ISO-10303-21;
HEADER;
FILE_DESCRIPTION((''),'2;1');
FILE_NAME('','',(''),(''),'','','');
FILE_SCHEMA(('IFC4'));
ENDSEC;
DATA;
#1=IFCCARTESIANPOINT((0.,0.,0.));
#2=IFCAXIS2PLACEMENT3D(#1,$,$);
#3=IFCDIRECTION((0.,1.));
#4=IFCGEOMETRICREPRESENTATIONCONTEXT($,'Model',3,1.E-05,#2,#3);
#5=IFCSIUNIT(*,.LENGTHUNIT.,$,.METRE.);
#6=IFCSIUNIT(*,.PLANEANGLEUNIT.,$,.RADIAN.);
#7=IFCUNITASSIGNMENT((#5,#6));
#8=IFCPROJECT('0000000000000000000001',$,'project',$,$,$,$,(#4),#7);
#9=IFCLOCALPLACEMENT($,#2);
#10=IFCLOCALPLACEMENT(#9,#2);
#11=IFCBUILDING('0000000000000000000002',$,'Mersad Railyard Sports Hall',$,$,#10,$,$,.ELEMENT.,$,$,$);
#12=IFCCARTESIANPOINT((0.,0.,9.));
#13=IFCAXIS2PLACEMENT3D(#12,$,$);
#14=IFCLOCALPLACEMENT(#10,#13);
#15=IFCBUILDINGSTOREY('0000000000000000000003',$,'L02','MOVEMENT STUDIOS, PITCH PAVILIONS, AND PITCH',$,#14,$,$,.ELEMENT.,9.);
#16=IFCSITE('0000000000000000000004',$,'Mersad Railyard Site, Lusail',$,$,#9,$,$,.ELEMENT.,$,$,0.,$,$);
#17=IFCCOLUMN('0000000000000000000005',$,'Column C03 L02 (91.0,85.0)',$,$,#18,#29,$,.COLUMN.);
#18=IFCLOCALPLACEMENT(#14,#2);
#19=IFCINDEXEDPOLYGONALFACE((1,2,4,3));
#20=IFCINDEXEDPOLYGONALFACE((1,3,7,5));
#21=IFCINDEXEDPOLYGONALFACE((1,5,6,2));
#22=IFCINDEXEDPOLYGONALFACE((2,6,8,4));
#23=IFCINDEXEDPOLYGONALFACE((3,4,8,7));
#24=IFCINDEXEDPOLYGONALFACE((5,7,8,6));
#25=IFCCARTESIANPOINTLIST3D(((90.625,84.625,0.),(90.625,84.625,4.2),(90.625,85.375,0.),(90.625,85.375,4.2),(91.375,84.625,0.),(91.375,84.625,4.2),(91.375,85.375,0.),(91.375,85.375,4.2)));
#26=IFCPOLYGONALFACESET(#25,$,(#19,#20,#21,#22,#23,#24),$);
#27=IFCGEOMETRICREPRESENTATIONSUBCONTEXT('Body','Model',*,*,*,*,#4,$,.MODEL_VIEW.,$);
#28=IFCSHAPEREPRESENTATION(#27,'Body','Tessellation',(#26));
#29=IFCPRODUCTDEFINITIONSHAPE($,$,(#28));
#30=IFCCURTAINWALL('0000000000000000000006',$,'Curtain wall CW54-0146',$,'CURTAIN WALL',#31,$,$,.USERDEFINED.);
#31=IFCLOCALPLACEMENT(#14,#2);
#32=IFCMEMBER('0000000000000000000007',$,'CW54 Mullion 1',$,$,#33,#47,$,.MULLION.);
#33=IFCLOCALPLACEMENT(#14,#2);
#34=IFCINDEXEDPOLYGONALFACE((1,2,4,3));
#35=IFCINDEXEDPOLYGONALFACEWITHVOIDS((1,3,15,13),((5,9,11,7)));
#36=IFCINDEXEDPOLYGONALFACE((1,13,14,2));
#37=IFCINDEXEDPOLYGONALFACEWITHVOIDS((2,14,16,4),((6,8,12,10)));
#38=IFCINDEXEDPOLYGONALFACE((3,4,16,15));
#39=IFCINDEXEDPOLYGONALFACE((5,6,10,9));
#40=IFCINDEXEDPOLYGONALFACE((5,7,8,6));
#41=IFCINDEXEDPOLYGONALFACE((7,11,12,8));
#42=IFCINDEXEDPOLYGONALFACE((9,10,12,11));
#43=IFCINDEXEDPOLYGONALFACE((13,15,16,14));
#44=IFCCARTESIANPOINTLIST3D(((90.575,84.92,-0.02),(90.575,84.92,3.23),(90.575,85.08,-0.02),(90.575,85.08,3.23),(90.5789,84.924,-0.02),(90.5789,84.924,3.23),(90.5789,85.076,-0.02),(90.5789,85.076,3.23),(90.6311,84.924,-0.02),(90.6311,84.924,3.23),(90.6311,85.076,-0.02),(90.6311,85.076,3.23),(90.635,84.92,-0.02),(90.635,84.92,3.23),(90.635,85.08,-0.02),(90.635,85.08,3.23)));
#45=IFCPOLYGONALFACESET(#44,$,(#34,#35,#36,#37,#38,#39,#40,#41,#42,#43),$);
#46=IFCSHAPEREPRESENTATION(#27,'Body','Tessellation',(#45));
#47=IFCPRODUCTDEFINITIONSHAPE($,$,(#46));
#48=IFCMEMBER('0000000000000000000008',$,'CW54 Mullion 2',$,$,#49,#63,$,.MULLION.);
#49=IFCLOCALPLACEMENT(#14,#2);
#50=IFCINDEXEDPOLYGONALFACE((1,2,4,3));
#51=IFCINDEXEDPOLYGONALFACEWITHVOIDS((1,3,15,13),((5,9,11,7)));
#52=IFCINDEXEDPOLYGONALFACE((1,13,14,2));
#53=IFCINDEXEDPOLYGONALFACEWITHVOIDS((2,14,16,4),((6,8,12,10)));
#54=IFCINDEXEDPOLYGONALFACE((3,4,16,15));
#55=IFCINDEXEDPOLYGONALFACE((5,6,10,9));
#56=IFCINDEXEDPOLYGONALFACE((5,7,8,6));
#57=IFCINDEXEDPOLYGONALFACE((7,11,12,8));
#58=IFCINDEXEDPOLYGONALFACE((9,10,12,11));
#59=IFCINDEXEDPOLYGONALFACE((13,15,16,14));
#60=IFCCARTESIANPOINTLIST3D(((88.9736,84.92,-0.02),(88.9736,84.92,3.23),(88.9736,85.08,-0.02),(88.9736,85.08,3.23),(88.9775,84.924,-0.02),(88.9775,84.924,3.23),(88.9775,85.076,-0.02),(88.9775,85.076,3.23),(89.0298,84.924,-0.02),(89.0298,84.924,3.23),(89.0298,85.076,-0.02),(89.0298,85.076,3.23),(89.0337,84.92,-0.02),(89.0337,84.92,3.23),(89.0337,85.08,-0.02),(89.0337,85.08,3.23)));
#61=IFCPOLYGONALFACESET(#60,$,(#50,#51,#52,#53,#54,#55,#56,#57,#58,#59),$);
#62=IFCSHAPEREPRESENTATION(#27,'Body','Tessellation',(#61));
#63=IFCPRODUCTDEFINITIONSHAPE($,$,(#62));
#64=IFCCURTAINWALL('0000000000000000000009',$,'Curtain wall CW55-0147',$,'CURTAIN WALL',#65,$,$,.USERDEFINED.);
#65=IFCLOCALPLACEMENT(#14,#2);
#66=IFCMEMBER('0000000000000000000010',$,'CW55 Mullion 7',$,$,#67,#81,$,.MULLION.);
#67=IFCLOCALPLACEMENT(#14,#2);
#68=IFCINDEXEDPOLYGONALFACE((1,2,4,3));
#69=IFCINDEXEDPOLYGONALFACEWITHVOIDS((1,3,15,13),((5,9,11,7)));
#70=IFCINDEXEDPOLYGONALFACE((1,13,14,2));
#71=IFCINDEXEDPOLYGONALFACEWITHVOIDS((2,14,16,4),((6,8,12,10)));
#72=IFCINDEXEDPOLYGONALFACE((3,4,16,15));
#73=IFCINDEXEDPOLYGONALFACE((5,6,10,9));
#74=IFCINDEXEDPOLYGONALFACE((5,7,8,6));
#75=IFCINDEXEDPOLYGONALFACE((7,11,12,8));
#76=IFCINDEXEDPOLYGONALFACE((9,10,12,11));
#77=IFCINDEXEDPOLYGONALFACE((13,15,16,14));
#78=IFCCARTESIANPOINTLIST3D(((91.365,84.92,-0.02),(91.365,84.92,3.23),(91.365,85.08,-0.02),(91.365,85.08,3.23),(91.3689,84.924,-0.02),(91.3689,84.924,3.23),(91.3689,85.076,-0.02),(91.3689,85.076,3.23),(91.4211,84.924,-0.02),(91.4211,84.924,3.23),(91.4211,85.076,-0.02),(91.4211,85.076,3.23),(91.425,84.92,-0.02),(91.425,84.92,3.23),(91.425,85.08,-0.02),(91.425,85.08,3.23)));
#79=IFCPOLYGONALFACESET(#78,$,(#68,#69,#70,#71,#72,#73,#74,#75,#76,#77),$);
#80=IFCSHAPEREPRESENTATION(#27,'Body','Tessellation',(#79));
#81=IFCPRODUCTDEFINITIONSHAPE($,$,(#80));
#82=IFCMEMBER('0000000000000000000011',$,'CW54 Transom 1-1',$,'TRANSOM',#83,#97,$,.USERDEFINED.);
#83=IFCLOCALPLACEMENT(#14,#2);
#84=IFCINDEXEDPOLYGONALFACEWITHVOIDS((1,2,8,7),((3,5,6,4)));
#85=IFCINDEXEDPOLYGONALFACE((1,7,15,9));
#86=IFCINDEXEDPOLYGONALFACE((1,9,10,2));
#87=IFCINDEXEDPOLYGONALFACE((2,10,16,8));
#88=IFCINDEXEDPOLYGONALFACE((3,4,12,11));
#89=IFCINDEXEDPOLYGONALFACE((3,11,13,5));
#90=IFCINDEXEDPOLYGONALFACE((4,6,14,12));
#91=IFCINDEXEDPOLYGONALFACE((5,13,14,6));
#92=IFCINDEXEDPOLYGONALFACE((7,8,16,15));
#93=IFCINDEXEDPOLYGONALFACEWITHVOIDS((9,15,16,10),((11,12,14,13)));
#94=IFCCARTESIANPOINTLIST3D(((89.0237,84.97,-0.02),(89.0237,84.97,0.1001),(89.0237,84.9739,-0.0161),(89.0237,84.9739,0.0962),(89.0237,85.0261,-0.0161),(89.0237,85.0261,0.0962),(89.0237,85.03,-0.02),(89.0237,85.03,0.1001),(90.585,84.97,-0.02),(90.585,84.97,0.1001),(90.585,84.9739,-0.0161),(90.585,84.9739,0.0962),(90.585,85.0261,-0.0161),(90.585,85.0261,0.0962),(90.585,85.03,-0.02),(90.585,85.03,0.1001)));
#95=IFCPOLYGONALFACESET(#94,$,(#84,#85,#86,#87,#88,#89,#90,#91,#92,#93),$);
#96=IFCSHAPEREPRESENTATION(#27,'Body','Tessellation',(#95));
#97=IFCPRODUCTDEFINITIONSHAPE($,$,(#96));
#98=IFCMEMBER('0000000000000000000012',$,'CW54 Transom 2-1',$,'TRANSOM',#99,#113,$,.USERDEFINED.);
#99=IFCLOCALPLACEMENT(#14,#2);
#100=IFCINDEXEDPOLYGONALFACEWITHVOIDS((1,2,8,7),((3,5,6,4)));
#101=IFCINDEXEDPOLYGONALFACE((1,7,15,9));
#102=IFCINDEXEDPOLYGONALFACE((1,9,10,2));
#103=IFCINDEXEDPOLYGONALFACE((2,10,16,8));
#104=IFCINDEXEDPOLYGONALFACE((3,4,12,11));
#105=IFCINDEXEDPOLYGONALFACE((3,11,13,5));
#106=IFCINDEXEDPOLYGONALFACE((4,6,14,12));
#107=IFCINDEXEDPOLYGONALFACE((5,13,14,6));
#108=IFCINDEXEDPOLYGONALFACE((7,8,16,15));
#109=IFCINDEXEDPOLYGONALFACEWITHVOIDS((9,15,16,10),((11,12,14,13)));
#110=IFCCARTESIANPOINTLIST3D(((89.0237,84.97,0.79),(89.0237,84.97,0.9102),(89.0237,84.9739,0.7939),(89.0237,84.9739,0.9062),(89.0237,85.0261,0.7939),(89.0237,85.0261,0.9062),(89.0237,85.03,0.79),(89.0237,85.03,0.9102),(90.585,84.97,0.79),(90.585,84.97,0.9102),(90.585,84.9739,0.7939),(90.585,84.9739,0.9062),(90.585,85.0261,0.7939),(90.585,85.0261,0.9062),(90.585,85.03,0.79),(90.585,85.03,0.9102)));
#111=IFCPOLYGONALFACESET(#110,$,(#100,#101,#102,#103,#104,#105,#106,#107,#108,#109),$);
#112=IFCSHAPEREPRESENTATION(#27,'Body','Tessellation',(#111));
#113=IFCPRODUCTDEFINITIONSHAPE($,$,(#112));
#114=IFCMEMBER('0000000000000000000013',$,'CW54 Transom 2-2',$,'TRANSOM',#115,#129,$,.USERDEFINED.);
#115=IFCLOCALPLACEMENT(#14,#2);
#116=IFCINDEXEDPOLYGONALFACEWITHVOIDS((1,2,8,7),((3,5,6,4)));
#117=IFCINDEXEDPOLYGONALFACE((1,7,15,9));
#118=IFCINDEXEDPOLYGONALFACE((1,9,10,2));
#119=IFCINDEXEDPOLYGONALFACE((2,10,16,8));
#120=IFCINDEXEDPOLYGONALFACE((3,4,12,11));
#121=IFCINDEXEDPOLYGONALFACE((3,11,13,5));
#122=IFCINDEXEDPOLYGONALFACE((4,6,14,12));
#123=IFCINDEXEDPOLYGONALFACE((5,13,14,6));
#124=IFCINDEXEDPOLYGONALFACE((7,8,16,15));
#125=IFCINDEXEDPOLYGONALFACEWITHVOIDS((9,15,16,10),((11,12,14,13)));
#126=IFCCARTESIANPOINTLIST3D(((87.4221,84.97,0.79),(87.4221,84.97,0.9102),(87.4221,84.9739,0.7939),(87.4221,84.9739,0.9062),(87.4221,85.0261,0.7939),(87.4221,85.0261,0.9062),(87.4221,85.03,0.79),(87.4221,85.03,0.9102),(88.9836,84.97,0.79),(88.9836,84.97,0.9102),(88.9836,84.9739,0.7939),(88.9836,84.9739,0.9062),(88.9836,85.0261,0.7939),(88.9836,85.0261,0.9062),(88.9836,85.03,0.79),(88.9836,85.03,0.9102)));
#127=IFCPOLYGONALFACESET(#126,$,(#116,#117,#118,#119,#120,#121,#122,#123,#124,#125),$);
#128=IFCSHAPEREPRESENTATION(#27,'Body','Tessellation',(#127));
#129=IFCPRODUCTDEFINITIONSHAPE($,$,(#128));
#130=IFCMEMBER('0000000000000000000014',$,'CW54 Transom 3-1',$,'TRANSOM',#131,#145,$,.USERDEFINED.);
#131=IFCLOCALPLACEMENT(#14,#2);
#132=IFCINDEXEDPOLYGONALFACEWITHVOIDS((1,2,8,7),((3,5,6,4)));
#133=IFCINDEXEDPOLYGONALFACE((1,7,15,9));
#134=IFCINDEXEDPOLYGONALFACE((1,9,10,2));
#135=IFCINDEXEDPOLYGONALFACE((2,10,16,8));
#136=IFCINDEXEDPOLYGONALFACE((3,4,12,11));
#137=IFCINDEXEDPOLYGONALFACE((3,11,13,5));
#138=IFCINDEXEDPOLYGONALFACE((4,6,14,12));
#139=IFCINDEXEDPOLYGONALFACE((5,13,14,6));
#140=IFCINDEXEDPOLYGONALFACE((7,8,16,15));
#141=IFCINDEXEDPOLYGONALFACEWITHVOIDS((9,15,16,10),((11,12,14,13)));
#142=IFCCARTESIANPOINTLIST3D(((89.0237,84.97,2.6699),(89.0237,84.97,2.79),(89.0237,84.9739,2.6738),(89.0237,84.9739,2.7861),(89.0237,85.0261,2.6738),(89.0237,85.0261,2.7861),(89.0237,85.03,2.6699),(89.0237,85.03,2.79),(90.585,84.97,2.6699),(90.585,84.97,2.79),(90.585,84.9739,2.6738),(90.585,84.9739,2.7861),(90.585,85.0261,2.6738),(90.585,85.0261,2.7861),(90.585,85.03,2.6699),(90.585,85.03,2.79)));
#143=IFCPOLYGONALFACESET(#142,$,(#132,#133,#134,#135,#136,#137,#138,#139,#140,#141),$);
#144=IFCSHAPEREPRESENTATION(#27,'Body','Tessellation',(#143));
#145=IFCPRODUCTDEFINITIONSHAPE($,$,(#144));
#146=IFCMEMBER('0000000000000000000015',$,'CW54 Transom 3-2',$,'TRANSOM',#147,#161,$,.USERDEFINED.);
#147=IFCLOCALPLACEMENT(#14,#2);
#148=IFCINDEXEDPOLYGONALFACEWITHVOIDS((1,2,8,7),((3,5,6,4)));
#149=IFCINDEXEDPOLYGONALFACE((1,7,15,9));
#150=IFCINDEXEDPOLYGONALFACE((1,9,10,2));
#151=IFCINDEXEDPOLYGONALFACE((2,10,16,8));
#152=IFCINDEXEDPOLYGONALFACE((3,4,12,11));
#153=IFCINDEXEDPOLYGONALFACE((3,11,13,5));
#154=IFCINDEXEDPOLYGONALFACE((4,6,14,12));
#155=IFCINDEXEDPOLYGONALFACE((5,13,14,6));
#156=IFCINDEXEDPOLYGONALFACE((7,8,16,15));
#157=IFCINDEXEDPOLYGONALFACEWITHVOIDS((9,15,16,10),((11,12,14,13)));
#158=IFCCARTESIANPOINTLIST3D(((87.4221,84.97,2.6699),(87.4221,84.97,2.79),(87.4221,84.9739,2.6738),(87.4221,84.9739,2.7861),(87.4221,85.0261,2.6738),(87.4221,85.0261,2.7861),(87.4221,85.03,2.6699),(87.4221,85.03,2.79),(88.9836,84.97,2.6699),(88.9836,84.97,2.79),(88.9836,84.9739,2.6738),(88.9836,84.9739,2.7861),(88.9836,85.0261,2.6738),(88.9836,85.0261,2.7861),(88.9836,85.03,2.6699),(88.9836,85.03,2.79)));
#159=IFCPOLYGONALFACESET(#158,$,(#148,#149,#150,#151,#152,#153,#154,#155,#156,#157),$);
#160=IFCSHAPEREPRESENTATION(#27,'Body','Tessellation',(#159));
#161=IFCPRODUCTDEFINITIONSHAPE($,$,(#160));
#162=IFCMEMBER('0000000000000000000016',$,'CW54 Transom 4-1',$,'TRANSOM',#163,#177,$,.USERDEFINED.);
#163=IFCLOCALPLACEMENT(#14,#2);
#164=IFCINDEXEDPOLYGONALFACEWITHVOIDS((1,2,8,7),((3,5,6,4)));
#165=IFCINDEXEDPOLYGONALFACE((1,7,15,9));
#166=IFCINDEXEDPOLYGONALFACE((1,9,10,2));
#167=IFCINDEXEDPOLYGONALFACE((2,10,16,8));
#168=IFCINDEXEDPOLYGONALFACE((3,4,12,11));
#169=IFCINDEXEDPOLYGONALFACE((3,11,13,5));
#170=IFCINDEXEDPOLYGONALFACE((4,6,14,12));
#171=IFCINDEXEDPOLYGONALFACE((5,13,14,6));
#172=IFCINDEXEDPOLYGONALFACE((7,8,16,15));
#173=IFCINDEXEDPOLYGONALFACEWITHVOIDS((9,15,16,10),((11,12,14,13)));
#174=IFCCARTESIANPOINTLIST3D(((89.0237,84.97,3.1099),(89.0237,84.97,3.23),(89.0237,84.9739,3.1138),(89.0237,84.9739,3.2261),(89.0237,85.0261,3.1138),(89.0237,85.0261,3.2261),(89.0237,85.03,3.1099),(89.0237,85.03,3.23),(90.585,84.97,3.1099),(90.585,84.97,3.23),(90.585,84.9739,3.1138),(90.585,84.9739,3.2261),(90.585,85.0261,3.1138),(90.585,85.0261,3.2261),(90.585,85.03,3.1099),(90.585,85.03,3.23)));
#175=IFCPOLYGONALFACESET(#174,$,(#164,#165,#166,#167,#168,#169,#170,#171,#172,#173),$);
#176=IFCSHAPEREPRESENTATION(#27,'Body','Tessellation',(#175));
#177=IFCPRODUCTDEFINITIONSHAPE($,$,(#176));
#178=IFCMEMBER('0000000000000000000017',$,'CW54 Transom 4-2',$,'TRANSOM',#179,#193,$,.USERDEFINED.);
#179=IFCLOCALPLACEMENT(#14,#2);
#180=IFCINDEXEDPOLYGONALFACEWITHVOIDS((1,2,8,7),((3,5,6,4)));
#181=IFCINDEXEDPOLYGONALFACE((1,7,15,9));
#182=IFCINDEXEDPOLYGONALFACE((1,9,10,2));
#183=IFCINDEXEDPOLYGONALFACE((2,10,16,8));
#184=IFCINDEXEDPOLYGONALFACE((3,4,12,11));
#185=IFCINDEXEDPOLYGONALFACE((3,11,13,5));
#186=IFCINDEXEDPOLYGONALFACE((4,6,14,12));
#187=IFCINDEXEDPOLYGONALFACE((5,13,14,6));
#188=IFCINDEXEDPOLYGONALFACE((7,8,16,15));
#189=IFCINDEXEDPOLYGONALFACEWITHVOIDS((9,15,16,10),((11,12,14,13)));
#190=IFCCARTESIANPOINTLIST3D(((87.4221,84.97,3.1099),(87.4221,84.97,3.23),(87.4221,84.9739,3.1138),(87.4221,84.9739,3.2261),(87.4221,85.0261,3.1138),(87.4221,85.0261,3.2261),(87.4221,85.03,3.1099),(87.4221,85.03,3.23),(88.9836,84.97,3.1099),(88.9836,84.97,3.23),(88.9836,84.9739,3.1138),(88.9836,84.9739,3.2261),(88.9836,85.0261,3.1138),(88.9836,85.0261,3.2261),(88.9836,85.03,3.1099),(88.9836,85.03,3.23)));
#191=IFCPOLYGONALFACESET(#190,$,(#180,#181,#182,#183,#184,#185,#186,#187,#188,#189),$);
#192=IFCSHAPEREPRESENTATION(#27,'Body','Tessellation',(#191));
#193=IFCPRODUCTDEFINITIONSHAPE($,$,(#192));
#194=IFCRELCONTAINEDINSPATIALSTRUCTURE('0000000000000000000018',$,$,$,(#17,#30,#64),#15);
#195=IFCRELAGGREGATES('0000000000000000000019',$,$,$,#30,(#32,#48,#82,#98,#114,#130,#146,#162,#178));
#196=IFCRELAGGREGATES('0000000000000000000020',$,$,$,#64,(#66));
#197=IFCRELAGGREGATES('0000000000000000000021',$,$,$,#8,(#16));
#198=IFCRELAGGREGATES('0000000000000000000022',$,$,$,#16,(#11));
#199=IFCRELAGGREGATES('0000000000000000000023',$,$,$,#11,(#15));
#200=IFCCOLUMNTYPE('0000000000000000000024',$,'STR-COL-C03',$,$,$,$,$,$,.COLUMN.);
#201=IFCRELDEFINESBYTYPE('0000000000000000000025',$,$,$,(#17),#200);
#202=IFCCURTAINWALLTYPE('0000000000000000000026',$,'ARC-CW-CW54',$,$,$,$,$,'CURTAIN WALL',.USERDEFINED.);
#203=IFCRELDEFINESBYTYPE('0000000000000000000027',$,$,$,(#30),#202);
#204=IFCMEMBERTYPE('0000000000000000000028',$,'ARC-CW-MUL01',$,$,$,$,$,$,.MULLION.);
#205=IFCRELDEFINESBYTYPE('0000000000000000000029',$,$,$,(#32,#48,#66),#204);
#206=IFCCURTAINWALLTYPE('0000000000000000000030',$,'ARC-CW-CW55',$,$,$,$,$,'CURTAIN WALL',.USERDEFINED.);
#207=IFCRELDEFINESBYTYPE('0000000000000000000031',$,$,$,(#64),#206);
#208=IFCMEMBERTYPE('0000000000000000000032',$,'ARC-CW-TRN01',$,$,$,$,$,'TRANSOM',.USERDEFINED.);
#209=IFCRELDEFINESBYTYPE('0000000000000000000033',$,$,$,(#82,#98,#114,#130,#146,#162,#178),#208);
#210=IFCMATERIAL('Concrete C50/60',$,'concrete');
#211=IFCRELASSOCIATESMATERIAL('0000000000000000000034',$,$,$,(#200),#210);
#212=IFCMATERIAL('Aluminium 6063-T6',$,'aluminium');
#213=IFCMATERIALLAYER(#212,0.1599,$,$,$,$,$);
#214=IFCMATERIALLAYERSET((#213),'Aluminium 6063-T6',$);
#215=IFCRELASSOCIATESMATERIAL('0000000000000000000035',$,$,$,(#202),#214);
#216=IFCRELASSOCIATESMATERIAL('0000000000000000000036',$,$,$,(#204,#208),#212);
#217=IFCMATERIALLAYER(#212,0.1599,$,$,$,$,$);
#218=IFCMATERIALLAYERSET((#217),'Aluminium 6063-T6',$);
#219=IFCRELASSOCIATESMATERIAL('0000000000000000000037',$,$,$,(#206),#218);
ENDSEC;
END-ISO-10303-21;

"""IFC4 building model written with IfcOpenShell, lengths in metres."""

from ifc_helpers import new_model, si_unit, direction, frame, origin, origin_2d, place, context, subcontext, project, spatial, rectangle, hollow_rectangle, extrude, material, layer, layer_set, material_profile, profile_set, type_object, element, aggregate, save


model = new_model("IFC4")

# Units and contexts
model_context = context("Model", 3, precision=1e-05, world=origin(), true_north=direction((0.0, 1.0)))
body_context = subcontext(model_context, "Body", "Model", "MODEL_VIEW")
ifc_project = project(units=[si_unit("LENGTHUNIT", "METRE"), si_unit("PLANEANGLEUNIT", "RADIAN")], contexts=[model_context])

# Site, building, storey
site_placement = place(None, origin())
site = spatial("IfcSite", under=ifc_project, at=site_placement, Name="Mersad Railyard Site, Lusail", CompositionType="ELEMENT", RefElevation=0.0)
building_placement = place(site_placement, origin())
building = spatial("IfcBuilding", under=site, at=building_placement, Name="Mersad Railyard Sports Hall", CompositionType="ELEMENT")
storey_placement = place(building_placement, frame((0.0, 0.0, 9.0)))
storey = spatial("IfcBuildingStorey", under=building, at=storey_placement, Name="L02", Description="MOVEMENT STUDIOS, PITCH PAVILIONS, AND PITCH", CompositionType="ELEMENT", Elevation=9.0)

# Column
ifc_material_1 = material(Name="Concrete C50/60", Category="concrete")
ifc_material_profile_1 = material_profile(ifc_material_1, rectangle(XDim=0.75, YDim=0.75, at=origin_2d()), Name="RC 750x750")
ifc_profile_set_1 = profile_set([ifc_material_profile_1], Name="Concrete C50/60")
column_type = type_object("IfcColumnType", Name="STR-COL-C03", PredefinedType="COLUMN", material=ifc_profile_set_1)
column_placement = place(storey_placement, frame((91.0, 85.0, 0.0), z_axis=(0.0, 0.0, 1.0), x_axis=(1.0, 0.0, 0.0)))
element("IfcColumn", 1, at=column_placement, inside=storey, type_object=column_type, Name="Column C03 L02 (91.0,85.0)", PredefinedType="COLUMN", context=body_context, shape_type="SweptSolid", body=[
    extrude(rectangle(XDim=0.75, YDim=0.75, at=origin_2d()), origin(), (0.0, 0.0, 1.0), 4.2),
])

# Curtain wall, members
ifc_material_2 = material(Name="Aluminium 6063-T6", Category="aluminium")
ifc_layer_1 = layer(ifc_material_2, 0.1599)
ifc_layer_set_1 = layer_set([ifc_layer_1], Name="Aluminium 6063-T6")
curtain_wall_type_1 = type_object("IfcCurtainWallType", Name="ARC-CW-CW54", ElementType="CURTAIN WALL", PredefinedType="USERDEFINED", material=ifc_layer_set_1)
curtain_wall_1_placement = place(storey_placement, origin())
curtain_wall_1 = element("IfcCurtainWall", 2, at=curtain_wall_1_placement, inside=storey, type_object=curtain_wall_type_1, Name="Curtain wall CW54-0146", ObjectType="CURTAIN WALL", PredefinedType="USERDEFINED")
ifc_material_profile_2 = material_profile(ifc_material_2, hollow_rectangle(XDim=0.0601, YDim=0.1599, WallThickness=0.0039, at=origin_2d()), Name="AL MULLION 60x160x4")
ifc_profile_set_2 = profile_set([ifc_material_profile_2], Name="Aluminium 6063-T6")
member_type_1 = type_object("IfcMemberType", Name="ARC-CW-MUL01", PredefinedType="MULLION", material=ifc_profile_set_2)
member_1_placement = place(storey_placement, frame((90.605, 85.0, -0.02), z_axis=(0.0, 0.0, 1.0), x_axis=(1.0, 0.0, 0.0)))
member_1 = element("IfcMember", 3, at=member_1_placement, type_object=member_type_1, Name="CW54 Mullion 1", PredefinedType="MULLION", context=body_context, shape_type="SweptSolid", body=[
    extrude(hollow_rectangle(XDim=0.0601, YDim=0.1599, WallThickness=0.0039, at=origin_2d()), origin(), (0.0, 0.0, 1.0), 3.25),
])
member_2_placement = place(storey_placement, frame((89.0037, 85.0, -0.02), z_axis=(0.0, 0.0, 1.0), x_axis=(1.0, 0.0, 0.0)))
member_2 = element("IfcMember", 4, at=member_2_placement, type_object=member_type_1, Name="CW54 Mullion 2", PredefinedType="MULLION", context=body_context, shape_type="SweptSolid", body=[
    extrude(hollow_rectangle(XDim=0.0601, YDim=0.1599, WallThickness=0.0039, at=origin_2d()), origin(), (0.0, 0.0, 1.0), 3.25),
])

# Curtain wall, member
ifc_layer_2 = layer(ifc_material_2, 0.1599)
ifc_layer_set_2 = layer_set([ifc_layer_2], Name="Aluminium 6063-T6")
curtain_wall_type_2 = type_object("IfcCurtainWallType", Name="ARC-CW-CW55", ElementType="CURTAIN WALL", PredefinedType="USERDEFINED", material=ifc_layer_set_2)
curtain_wall_2_placement = place(storey_placement, origin())
curtain_wall_2 = element("IfcCurtainWall", 5, at=curtain_wall_2_placement, inside=storey, type_object=curtain_wall_type_2, Name="Curtain wall CW55-0147", ObjectType="CURTAIN WALL", PredefinedType="USERDEFINED")
member_3_placement = place(storey_placement, frame((91.395, 85.0, -0.02), z_axis=(0.0, 0.0, 1.0), x_axis=(1.0, 0.0, 0.0)))
member_3 = element("IfcMember", 6, at=member_3_placement, type_object=member_type_1, Name="CW55 Mullion 7", PredefinedType="MULLION", context=body_context, shape_type="SweptSolid", body=[
    extrude(hollow_rectangle(XDim=0.0601, YDim=0.1599, WallThickness=0.0039, at=origin_2d()), origin(), (0.0, 0.0, 1.0), 3.25),
])

# Members
ifc_material_profile_3 = material_profile(ifc_material_2, hollow_rectangle(XDim=0.0601, YDim=0.1201, WallThickness=0.0039, at=origin_2d()), Name="AL TRANSOM 60x120x4")
ifc_profile_set_3 = profile_set([ifc_material_profile_3], Name="Aluminium 6063-T6")
member_type_2 = type_object("IfcMemberType", Name="ARC-CW-TRN01", ElementType="TRANSOM", PredefinedType="USERDEFINED", material=ifc_profile_set_3)
member_4_placement = place(storey_placement, frame((90.585, 85.0, 0.04), z_axis=(-1.0, 0.0, 0.0), x_axis=(0.0, -1.0, 0.0)))
member_4 = element("IfcMember", 7, at=member_4_placement, type_object=member_type_2, Name="CW54 Transom 1-1", ObjectType="TRANSOM", PredefinedType="USERDEFINED", context=body_context, shape_type="SweptSolid", body=[
    extrude(hollow_rectangle(XDim=0.0601, YDim=0.1201, WallThickness=0.0039, at=origin_2d()), origin(), (0.0, 0.0, 1.0), 1.5613),
])
member_5_placement = place(storey_placement, frame((90.585, 85.0, 0.8501), z_axis=(-1.0, 0.0, 0.0), x_axis=(0.0, -1.0, 0.0)))
member_5 = element("IfcMember", 8, at=member_5_placement, type_object=member_type_2, Name="CW54 Transom 2-1", ObjectType="TRANSOM", PredefinedType="USERDEFINED", context=body_context, shape_type="SweptSolid", body=[
    extrude(hollow_rectangle(XDim=0.0601, YDim=0.1201, WallThickness=0.0039, at=origin_2d()), origin(), (0.0, 0.0, 1.0), 1.5613),
])
member_6_placement = place(storey_placement, frame((88.9836, 85.0, 0.8501), z_axis=(-1.0, 0.0, 0.0), x_axis=(0.0, -1.0, 0.0)))
member_6 = element("IfcMember", 9, at=member_6_placement, type_object=member_type_2, Name="CW54 Transom 2-2", ObjectType="TRANSOM", PredefinedType="USERDEFINED", context=body_context, shape_type="SweptSolid", body=[
    extrude(hollow_rectangle(XDim=0.0601, YDim=0.1201, WallThickness=0.0039, at=origin_2d()), origin(), (0.0, 0.0, 1.0), 1.5615),
])
member_7_placement = place(storey_placement, frame((90.585, 85.0, 2.73), z_axis=(-1.0, 0.0, 0.0), x_axis=(0.0, -1.0, 0.0)))
member_7 = element("IfcMember", 10, at=member_7_placement, type_object=member_type_2, Name="CW54 Transom 3-1", ObjectType="TRANSOM", PredefinedType="USERDEFINED", context=body_context, shape_type="SweptSolid", body=[
    extrude(hollow_rectangle(XDim=0.0601, YDim=0.1201, WallThickness=0.0039, at=origin_2d()), origin(), (0.0, 0.0, 1.0), 1.5613),
])
member_8_placement = place(storey_placement, frame((88.9836, 85.0, 2.73), z_axis=(-1.0, 0.0, 0.0), x_axis=(0.0, -1.0, 0.0)))
member_8 = element("IfcMember", 11, at=member_8_placement, type_object=member_type_2, Name="CW54 Transom 3-2", ObjectType="TRANSOM", PredefinedType="USERDEFINED", context=body_context, shape_type="SweptSolid", body=[
    extrude(hollow_rectangle(XDim=0.0601, YDim=0.1201, WallThickness=0.0039, at=origin_2d()), origin(), (0.0, 0.0, 1.0), 1.5615),
])
member_9_placement = place(storey_placement, frame((90.585, 85.0, 3.1699), z_axis=(-1.0, 0.0, 0.0), x_axis=(0.0, -1.0, 0.0)))
member_9 = element("IfcMember", 12, at=member_9_placement, type_object=member_type_2, Name="CW54 Transom 4-1", ObjectType="TRANSOM", PredefinedType="USERDEFINED", context=body_context, shape_type="SweptSolid", body=[
    extrude(hollow_rectangle(XDim=0.0601, YDim=0.1201, WallThickness=0.0039, at=origin_2d()), origin(), (0.0, 0.0, 1.0), 1.5613),
])
member_10_placement = place(storey_placement, frame((88.9836, 85.0, 3.1699), z_axis=(-1.0, 0.0, 0.0), x_axis=(0.0, -1.0, 0.0)))
member_10 = element("IfcMember", 13, at=member_10_placement, type_object=member_type_2, Name="CW54 Transom 4-2", ObjectType="TRANSOM", PredefinedType="USERDEFINED", context=body_context, shape_type="SweptSolid", body=[
    extrude(hollow_rectangle(XDim=0.0601, YDim=0.1201, WallThickness=0.0039, at=origin_2d()), origin(), (0.0, 0.0, 1.0), 1.5615),
])

aggregate(curtain_wall_1, [member_1, member_2, member_4, member_5, member_6, member_7, member_8, member_9, member_10])
aggregate(curtain_wall_2, [member_3])

save(model, "model.ifc")
